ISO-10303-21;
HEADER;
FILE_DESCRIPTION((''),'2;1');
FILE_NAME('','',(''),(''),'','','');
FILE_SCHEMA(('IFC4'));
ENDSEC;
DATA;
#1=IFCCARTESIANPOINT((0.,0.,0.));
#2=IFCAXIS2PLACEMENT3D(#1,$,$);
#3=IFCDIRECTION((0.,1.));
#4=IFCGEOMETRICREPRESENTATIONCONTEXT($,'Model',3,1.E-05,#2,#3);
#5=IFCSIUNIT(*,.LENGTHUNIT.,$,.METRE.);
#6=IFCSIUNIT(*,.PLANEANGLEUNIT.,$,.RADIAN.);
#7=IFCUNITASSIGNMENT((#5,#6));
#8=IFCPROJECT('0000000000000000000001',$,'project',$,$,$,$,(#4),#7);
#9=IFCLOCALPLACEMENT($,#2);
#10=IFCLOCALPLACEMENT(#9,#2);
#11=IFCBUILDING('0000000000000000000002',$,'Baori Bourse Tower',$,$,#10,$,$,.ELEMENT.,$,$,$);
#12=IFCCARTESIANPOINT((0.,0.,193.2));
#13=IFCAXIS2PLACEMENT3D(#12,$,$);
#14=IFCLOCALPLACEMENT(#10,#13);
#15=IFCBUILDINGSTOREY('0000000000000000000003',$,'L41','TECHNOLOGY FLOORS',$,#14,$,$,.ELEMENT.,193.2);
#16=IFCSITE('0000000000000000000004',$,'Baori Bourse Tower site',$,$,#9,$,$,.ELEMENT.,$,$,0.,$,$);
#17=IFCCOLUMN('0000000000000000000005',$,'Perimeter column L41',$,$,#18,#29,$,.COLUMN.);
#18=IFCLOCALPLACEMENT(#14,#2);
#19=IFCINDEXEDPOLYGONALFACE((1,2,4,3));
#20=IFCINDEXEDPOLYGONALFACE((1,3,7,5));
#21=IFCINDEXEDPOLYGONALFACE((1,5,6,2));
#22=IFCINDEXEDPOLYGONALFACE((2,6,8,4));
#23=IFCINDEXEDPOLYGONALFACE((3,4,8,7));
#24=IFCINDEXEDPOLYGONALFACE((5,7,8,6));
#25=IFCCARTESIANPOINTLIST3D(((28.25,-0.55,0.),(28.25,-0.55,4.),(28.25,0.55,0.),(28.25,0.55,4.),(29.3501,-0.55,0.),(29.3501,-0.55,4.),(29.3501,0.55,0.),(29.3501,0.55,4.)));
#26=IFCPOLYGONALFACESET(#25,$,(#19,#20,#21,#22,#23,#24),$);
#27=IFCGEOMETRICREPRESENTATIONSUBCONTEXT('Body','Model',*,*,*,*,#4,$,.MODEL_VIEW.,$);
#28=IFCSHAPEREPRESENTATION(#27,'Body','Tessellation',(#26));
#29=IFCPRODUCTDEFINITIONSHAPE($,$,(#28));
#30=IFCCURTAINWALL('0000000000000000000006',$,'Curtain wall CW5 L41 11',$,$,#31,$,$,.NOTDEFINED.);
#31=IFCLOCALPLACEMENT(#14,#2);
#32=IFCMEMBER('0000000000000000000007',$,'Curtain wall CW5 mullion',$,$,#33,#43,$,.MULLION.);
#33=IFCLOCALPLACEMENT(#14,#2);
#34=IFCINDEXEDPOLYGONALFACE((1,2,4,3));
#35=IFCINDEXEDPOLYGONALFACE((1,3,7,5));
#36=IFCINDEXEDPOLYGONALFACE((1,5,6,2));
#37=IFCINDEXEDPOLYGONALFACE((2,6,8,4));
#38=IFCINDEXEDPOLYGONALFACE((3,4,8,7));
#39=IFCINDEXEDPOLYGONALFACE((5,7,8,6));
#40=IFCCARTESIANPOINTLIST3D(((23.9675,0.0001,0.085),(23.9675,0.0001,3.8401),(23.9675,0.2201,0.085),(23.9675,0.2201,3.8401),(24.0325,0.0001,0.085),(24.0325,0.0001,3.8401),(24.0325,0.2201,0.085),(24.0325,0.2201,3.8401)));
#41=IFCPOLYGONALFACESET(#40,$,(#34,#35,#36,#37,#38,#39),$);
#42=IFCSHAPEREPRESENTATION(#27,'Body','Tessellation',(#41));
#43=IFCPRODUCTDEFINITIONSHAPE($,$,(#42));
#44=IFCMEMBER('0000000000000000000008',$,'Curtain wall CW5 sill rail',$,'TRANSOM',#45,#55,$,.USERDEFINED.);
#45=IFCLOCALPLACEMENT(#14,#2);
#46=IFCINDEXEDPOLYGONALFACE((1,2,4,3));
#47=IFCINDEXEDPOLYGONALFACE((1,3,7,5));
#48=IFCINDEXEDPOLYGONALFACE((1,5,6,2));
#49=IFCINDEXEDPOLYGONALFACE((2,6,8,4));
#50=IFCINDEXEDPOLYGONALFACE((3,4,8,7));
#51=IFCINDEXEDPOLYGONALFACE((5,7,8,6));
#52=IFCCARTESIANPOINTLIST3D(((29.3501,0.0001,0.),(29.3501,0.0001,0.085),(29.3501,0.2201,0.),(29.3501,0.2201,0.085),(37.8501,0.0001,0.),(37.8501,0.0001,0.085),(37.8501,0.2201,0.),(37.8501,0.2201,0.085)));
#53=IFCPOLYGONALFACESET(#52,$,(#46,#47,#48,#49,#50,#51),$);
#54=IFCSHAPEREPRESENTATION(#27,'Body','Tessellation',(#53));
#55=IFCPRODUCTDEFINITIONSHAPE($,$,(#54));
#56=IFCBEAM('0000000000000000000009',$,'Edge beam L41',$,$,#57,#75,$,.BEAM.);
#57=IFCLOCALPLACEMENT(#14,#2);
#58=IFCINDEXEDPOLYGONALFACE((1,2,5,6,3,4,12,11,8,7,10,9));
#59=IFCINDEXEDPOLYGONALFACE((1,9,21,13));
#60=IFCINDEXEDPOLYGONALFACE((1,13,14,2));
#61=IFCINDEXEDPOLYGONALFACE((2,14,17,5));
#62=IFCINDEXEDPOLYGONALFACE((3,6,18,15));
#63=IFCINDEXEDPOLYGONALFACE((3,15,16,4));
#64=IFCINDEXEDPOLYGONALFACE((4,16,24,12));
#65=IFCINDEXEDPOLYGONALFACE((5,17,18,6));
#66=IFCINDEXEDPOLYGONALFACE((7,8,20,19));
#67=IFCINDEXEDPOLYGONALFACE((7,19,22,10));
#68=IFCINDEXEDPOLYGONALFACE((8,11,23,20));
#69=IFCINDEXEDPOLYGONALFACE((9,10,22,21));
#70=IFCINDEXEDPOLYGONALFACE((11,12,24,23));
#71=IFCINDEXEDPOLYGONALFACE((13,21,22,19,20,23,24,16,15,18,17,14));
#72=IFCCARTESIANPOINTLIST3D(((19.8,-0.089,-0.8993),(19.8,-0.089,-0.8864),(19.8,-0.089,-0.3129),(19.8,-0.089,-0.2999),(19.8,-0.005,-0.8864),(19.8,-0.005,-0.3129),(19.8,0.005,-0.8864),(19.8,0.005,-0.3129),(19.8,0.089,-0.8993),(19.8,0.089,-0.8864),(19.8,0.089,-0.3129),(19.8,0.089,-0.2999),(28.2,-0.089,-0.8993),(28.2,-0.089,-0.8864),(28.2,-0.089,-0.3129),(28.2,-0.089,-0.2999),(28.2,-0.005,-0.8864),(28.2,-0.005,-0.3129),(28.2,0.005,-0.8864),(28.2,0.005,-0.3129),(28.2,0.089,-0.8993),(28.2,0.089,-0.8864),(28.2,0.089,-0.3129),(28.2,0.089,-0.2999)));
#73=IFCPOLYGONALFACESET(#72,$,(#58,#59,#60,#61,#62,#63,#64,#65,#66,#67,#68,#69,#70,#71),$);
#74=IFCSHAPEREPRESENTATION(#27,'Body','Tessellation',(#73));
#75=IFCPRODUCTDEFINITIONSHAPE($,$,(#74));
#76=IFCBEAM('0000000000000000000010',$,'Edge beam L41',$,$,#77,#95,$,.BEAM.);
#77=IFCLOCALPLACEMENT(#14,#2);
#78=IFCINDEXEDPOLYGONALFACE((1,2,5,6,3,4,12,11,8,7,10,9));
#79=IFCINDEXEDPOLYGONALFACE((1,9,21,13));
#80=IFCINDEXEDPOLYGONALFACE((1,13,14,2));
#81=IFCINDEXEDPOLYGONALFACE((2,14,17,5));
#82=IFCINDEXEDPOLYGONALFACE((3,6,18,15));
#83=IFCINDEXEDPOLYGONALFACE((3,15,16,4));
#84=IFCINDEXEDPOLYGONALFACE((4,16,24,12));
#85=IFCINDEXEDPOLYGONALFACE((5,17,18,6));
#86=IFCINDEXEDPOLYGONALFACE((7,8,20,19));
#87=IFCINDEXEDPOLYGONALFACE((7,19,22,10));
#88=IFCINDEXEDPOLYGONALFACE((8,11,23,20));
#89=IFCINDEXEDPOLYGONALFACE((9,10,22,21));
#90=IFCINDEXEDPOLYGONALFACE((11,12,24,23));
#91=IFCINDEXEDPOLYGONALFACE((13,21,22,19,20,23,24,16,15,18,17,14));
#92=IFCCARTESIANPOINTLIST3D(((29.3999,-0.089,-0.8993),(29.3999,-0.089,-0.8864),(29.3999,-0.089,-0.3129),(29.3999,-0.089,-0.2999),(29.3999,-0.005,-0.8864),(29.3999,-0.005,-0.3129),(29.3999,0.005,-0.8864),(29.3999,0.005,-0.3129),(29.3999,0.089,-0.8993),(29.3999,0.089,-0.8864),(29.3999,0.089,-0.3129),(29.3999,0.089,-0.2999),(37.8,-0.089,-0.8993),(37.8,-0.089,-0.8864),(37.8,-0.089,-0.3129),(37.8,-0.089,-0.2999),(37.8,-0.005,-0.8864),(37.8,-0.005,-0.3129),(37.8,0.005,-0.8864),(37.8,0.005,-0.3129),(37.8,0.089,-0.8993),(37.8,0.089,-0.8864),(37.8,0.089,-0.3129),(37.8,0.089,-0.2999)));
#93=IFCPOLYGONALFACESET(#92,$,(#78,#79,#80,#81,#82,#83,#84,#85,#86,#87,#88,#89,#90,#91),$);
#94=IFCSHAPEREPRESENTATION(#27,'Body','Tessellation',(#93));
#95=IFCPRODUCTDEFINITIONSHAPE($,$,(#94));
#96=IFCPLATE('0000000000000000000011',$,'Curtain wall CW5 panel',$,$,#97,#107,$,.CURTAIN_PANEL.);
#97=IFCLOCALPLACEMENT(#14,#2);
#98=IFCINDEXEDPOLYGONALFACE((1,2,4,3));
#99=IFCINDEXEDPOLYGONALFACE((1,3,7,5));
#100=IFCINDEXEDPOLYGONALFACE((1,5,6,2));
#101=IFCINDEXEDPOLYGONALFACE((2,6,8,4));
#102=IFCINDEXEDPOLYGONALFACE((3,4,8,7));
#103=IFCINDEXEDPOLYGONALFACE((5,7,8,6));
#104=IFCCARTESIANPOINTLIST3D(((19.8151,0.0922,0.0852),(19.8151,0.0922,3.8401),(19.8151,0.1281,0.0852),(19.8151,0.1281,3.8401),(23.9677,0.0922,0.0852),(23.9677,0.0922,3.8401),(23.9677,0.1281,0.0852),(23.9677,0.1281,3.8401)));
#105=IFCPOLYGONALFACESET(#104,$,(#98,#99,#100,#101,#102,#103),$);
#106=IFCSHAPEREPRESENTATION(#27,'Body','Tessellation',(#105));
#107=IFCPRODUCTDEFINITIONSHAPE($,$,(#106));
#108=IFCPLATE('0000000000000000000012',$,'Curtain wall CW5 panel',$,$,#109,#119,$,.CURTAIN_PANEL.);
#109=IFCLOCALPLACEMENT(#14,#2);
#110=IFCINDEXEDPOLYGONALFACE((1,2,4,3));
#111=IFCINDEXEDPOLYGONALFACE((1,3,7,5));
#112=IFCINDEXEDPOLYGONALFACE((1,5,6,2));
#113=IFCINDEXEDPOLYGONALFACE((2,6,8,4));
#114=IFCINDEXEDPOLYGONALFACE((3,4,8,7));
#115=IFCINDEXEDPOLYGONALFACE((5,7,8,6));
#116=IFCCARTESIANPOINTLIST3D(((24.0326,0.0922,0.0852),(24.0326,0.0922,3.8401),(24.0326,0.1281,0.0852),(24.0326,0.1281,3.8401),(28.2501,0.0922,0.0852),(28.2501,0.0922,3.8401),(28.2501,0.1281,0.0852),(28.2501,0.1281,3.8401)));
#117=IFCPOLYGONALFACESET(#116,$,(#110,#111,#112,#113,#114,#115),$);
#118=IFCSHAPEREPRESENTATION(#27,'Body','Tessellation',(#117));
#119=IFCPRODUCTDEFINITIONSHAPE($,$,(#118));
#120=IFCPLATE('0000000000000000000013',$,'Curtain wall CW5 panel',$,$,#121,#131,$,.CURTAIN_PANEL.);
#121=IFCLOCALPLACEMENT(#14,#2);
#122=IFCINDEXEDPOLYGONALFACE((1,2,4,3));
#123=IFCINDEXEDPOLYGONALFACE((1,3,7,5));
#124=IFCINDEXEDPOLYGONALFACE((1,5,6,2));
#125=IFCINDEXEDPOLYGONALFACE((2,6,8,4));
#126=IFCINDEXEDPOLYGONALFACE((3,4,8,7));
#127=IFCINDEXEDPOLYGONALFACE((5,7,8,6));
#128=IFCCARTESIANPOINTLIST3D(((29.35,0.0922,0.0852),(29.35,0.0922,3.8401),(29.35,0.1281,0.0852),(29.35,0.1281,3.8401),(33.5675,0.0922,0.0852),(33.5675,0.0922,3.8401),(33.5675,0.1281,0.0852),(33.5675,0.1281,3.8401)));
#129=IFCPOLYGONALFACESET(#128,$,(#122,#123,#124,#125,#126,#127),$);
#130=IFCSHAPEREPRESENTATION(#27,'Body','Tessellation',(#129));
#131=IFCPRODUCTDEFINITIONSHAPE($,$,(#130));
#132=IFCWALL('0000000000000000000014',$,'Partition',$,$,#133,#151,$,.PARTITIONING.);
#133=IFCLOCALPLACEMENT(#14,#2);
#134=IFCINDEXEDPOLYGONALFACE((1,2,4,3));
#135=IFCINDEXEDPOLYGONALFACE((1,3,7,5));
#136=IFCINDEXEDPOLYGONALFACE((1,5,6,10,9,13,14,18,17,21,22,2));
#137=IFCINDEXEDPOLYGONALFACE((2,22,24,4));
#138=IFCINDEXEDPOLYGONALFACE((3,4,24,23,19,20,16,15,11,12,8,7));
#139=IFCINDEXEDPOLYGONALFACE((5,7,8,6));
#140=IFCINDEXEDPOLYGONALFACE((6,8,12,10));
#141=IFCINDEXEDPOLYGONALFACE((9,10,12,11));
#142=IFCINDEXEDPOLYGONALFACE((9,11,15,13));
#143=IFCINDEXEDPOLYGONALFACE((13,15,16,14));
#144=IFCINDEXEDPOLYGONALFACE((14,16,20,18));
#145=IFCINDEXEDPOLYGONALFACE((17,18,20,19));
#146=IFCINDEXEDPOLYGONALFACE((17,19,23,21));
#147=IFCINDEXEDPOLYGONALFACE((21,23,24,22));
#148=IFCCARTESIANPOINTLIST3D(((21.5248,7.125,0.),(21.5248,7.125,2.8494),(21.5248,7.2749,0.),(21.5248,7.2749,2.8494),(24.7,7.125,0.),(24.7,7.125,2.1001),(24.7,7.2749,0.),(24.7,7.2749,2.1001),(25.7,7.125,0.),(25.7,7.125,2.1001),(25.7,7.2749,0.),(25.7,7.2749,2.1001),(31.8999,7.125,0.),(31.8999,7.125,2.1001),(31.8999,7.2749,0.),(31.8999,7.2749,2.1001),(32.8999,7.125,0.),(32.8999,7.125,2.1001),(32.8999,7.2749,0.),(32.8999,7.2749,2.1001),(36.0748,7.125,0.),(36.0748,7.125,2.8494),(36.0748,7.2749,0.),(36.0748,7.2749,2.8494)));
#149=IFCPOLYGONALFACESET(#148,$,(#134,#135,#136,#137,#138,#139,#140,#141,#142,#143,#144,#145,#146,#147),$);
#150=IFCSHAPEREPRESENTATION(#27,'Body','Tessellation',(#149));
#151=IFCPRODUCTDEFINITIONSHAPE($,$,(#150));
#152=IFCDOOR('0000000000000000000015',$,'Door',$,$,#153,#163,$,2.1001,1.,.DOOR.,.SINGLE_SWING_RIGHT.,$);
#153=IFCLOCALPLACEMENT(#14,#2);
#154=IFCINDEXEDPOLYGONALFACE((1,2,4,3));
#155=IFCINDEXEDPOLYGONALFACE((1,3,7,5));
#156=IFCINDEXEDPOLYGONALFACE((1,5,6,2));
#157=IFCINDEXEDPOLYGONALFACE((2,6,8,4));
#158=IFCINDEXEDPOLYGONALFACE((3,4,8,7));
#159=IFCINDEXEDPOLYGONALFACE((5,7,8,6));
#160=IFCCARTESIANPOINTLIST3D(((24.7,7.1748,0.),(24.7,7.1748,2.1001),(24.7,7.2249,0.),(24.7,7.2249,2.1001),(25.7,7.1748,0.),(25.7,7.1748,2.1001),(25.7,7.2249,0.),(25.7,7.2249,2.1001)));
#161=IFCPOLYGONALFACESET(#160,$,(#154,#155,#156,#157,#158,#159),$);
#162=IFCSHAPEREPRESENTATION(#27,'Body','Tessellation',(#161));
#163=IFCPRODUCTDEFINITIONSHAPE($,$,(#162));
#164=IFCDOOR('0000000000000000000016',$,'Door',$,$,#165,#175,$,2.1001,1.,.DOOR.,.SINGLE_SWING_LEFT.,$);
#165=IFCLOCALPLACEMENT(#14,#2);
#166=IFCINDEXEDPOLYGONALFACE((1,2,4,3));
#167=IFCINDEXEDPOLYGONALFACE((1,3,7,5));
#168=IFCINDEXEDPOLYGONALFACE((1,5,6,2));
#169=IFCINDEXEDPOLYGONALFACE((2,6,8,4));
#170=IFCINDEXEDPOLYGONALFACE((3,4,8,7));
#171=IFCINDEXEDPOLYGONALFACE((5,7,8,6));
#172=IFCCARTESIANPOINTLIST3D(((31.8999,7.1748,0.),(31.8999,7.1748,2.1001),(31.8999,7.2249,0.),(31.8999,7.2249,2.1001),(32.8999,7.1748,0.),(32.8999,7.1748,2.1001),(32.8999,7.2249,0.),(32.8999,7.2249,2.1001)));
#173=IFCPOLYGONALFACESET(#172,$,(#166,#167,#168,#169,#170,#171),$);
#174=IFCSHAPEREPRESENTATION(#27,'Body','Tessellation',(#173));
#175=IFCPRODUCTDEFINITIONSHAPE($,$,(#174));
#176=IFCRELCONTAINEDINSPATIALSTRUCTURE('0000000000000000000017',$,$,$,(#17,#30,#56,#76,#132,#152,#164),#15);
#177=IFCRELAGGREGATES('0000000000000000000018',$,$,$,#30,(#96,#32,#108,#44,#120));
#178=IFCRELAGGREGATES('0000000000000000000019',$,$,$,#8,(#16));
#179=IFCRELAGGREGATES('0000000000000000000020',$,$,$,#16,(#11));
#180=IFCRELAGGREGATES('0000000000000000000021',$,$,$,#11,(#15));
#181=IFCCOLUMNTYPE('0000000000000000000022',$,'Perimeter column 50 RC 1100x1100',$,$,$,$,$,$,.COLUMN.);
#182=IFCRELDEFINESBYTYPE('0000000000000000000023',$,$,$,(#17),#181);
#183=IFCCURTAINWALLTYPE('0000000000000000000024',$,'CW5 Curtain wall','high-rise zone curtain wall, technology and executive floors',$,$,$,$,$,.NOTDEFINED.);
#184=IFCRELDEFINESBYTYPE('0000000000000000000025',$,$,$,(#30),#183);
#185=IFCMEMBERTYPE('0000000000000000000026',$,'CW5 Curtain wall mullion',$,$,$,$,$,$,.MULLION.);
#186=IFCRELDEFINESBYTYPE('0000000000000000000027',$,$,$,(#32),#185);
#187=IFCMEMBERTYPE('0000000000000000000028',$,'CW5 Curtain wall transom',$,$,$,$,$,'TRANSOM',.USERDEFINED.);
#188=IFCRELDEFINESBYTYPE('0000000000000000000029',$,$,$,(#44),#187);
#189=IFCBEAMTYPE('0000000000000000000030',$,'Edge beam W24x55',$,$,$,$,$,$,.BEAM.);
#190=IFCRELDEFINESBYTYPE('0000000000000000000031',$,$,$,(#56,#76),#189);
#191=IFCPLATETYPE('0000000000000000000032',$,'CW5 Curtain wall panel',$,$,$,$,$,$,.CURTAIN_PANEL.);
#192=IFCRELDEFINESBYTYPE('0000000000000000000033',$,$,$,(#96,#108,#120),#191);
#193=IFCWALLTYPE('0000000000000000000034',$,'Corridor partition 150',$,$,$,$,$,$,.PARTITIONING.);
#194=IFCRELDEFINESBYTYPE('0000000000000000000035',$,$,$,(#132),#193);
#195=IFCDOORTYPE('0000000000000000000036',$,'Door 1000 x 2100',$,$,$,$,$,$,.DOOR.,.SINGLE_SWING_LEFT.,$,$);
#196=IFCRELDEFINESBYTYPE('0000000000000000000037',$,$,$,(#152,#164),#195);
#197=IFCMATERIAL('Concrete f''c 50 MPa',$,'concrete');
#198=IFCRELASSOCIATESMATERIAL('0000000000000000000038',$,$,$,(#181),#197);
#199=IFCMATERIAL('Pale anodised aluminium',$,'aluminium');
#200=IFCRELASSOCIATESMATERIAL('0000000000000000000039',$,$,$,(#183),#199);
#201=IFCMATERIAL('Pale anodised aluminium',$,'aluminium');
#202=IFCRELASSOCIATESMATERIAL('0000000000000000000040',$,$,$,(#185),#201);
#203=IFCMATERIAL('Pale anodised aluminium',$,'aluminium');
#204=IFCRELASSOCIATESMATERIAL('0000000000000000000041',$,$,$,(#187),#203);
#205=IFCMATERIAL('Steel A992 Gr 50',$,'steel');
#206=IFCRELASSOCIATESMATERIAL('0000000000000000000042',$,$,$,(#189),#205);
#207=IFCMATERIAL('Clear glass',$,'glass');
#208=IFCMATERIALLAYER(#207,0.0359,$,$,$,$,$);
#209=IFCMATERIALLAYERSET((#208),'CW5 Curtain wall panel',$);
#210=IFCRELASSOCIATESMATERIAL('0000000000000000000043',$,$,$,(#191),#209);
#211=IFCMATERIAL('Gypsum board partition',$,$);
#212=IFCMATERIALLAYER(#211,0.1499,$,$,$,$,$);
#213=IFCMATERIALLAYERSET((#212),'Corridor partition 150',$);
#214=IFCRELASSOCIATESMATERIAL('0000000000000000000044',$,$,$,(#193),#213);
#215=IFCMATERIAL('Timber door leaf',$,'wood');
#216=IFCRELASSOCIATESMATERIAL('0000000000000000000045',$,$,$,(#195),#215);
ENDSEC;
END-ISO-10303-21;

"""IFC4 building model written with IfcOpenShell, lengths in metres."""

from ifc_helpers import new_model, si_unit, direction, frame, frame_2d, origin, origin_2d, place, context, subcontext, project, spatial, rectangle, i_section, extrude, material, layer, layer_set, material_profile, profile_set, type_object, element, fill, aggregate, save


model = new_model("IFC4")

# Units and contexts
model_context = context("Model", 3, precision=1e-05, world=origin(), true_north=direction((0.0, 1.0)))
body_context = subcontext(model_context, "Body", "Model", "MODEL_VIEW")
ifc_project = project(units=[si_unit("LENGTHUNIT", "METRE"), si_unit("PLANEANGLEUNIT", "RADIAN")], contexts=[model_context])

# Site, building, storey
site_placement = place(None, origin())
site = spatial("IfcSite", under=ifc_project, at=site_placement, Name="Baori Bourse Tower site", CompositionType="ELEMENT", RefElevation=0.0)
building_placement = place(site_placement, origin())
building = spatial("IfcBuilding", under=site, at=building_placement, Name="Baori Bourse Tower", CompositionType="ELEMENT")
storey_placement = place(building_placement, frame((0.0, 0.0, 193.2)))
storey = spatial("IfcBuildingStorey", under=building, at=storey_placement, Name="L41", Description="TECHNOLOGY FLOORS", CompositionType="ELEMENT", Elevation=193.2)

# Column
ifc_material_1 = material(Name="Concrete f'c 50 MPa", Category="concrete")
ifc_material_profile_1 = material_profile(ifc_material_1, rectangle(XDim=1.1001, YDim=1.1001, at=origin_2d()), Name="RC 1100x1100")
ifc_profile_set_1 = profile_set([ifc_material_profile_1], Name="Concrete f'c 50 MPa")
column_type = type_object("IfcColumnType", Name="Perimeter column 50 RC 1100x1100", PredefinedType="COLUMN", material=ifc_profile_set_1)
column_placement = place(storey_placement, frame((28.8, 0.0, 0.0), z_axis=(0.0, 0.0, 1.0), x_axis=(1.0, 0.0, 0.0)))
element("IfcColumn", 1, at=column_placement, inside=storey, type_object=column_type, Name="Perimeter column L41", PredefinedType="COLUMN", context=body_context, shape_type="SweptSolid", body=[
    extrude(rectangle(XDim=1.1001, YDim=1.1001, at=origin_2d()), origin(), (0.0, 0.0, 1.0), 4.0),
])

# Curtain wall, members
ifc_material_2 = material(Name="Pale anodised aluminium", Category="aluminium")
curtain_wall_type = type_object("IfcCurtainWallType", Name="CW5 Curtain wall", Description="high-rise zone curtain wall, technology and executive floors", PredefinedType="NOTDEFINED", material=ifc_material_2)
curtain_wall_placement = place(storey_placement, origin())
curtain_wall = element("IfcCurtainWall", 2, at=curtain_wall_placement, inside=storey, type_object=curtain_wall_type, Name="Curtain wall CW5 L41 11", PredefinedType="NOTDEFINED")
ifc_material_3 = material(Name="Pale anodised aluminium", Category="aluminium")
ifc_material_profile_2 = material_profile(ifc_material_3, rectangle(XDim=0.22, YDim=0.0649, at=origin_2d()), Name="Mullion 65x220")
ifc_profile_set_2 = profile_set([ifc_material_profile_2], Name="Pale anodised aluminium")
member_type_1 = type_object("IfcMemberType", Name="CW5 Curtain wall mullion", PredefinedType="MULLION", material=ifc_profile_set_2)
member_1_placement = place(storey_placement, frame((24.0, 0.1101, 0.085), z_axis=(0.0, 0.0, 1.0), x_axis=(0.0, 1.0, 0.0)))
member_1 = element("IfcMember", 3, at=member_1_placement, type_object=member_type_1, Name="Curtain wall CW5 mullion", PredefinedType="MULLION", context=body_context, shape_type="SweptSolid", body=[
    extrude(rectangle(XDim=0.22, YDim=0.0649, at=origin_2d()), origin(), (0.0, 0.0, 1.0), 3.7551),
])
ifc_material_4 = material(Name="Pale anodised aluminium", Category="aluminium")
ifc_material_profile_3 = material_profile(ifc_material_4, rectangle(XDim=0.22, YDim=0.085, at=origin_2d()), Name="Transom 85x220")
ifc_profile_set_3 = profile_set([ifc_material_profile_3], Name="Pale anodised aluminium")
member_type_2 = type_object("IfcMemberType", Name="CW5 Curtain wall transom", ElementType="TRANSOM", PredefinedType="USERDEFINED", material=ifc_profile_set_3)
member_2_placement = place(storey_placement, frame((29.3501, 0.1101, 0.0425), z_axis=(1.0, 0.0, 0.0), x_axis=(0.0, 1.0, 0.0)))
member_2 = element("IfcMember", 4, at=member_2_placement, type_object=member_type_2, Name="Curtain wall CW5 sill rail", ObjectType="TRANSOM", PredefinedType="USERDEFINED", context=body_context, shape_type="SweptSolid", body=[
    extrude(rectangle(XDim=0.22, YDim=0.085, at=origin_2d()), origin(), (0.0, 0.0, 1.0), 8.5),
])

# Beams
ifc_material_5 = material(Name="Steel A992 Gr 50", Category="steel")
ifc_material_profile_4 = material_profile(ifc_material_5, i_section(OverallWidth=0.178, OverallDepth=0.5994, WebThickness=0.01, FlangeThickness=0.0129, at=origin_2d()), Name="W24x55")
ifc_profile_set_4 = profile_set([ifc_material_profile_4], Name="Steel A992 Gr 50")
beam_type = type_object("IfcBeamType", Name="Edge beam W24x55", PredefinedType="BEAM", material=ifc_profile_set_4)
beam_1_placement = place(storey_placement, frame((19.8, 0.0, -0.5996), z_axis=(1.0, 0.0, 0.0), x_axis=(0.0, 1.0, 0.0)))
element("IfcBeam", 5, at=beam_1_placement, inside=storey, type_object=beam_type, Name="Edge beam L41", PredefinedType="BEAM", context=body_context, shape_type="SweptSolid", body=[
    extrude(i_section(OverallWidth=0.178, OverallDepth=0.5994, WebThickness=0.01, FlangeThickness=0.0129, at=origin_2d()), origin(), (0.0, 0.0, 1.0), 8.3999),
])
beam_2_placement = place(storey_placement, frame((29.3999, 0.0, -0.5996), z_axis=(1.0, 0.0, 0.0), x_axis=(0.0, 1.0, 0.0)))
element("IfcBeam", 6, at=beam_2_placement, inside=storey, type_object=beam_type, Name="Edge beam L41", PredefinedType="BEAM", context=body_context, shape_type="SweptSolid", body=[
    extrude(i_section(OverallWidth=0.178, OverallDepth=0.5994, WebThickness=0.01, FlangeThickness=0.0129, at=origin_2d()), origin(), (0.0, 0.0, 1.0), 8.4001),
])

# Plates
ifc_material_6 = material(Name="Clear glass", Category="glass")
ifc_layer_1 = layer(ifc_material_6, 0.0359)
ifc_layer_set_1 = layer_set([ifc_layer_1], Name="CW5 Curtain wall panel")
plate_type = type_object("IfcPlateType", Name="CW5 Curtain wall panel", PredefinedType="CURTAIN_PANEL", material=ifc_layer_set_1)
plate_1_placement = place(storey_placement, frame((21.8914, 0.1101, 0.0852), z_axis=(0.0, 0.0, 1.0), x_axis=(1.0, 0.0, 0.0)))
plate_1 = element("IfcPlate", 7, at=plate_1_placement, type_object=plate_type, Name="Curtain wall CW5 panel", PredefinedType="CURTAIN_PANEL", context=body_context, shape_type="SweptSolid", body=[
    extrude(rectangle(XDim=4.1526, YDim=0.0359, at=origin_2d()), origin(), (0.0, 0.0, 1.0), 3.7549),
])
plate_2_placement = place(storey_placement, frame((26.1414, 0.1101, 0.0852), z_axis=(0.0, 0.0, 1.0), x_axis=(1.0, 0.0, 0.0)))
plate_2 = element("IfcPlate", 8, at=plate_2_placement, type_object=plate_type, Name="Curtain wall CW5 panel", PredefinedType="CURTAIN_PANEL", context=body_context, shape_type="SweptSolid", body=[
    extrude(rectangle(XDim=4.2175, YDim=0.0359, at=origin_2d()), origin(), (0.0, 0.0, 1.0), 3.7549),
])
plate_3_placement = place(storey_placement, frame((31.4587, 0.1101, 0.0852), z_axis=(0.0, 0.0, 1.0), x_axis=(1.0, 0.0, 0.0)))
plate_3 = element("IfcPlate", 9, at=plate_3_placement, type_object=plate_type, Name="Curtain wall CW5 panel", PredefinedType="CURTAIN_PANEL", context=body_context, shape_type="SweptSolid", body=[
    extrude(rectangle(XDim=4.2175, YDim=0.0359, at=origin_2d()), origin(), (0.0, 0.0, 1.0), 3.7549),
])
aggregate(curtain_wall, [plate_1, member_1, plate_2, member_2, plate_3])

# Wall, openings, doors
ifc_material_7 = material(Name="Gypsum board partition")
ifc_layer_2 = layer(ifc_material_7, 0.1499)
ifc_layer_set_2 = layer_set([ifc_layer_2], Name="Corridor partition 150")
wall_type_1 = type_object("IfcWallType", Name="Corridor partition 150", PredefinedType="PARTITIONING", material=ifc_layer_set_2)
wall_1_placement = place(storey_placement, frame((21.5249, 7.2, 0.0), z_axis=(0.0, 0.0, 1.0), x_axis=(1.0, 0.0, 0.0)))
wall_1 = element("IfcWall", 10, at=wall_1_placement, inside=storey, type_object=wall_type_1, Name="Partition", PredefinedType="PARTITIONING", context=body_context, shape_type="SweptSolid", body=[
    extrude(rectangle(XDim=14.55, YDim=0.1499, at=frame_2d((7.2749, 0.0))), origin(), (0.0, 0.0, 1.0), 2.8494),
])
opening_1_placement = place(wall_1_placement, frame((3.175, 0.0, 0.0)))
opening_1 = element("IfcOpeningElement", 11, at=opening_1_placement, cuts=wall_1, PredefinedType="OPENING", context=body_context, shape_type="SweptSolid", body=[
    extrude(rectangle(XDim=1.0, YDim=2.1001, at=frame_2d((0.5, 1.05))), frame((0.0, 0.085, 0.0), z_axis=(0.0, -1.0, 0.0), x_axis=(1.0, 0.0, 0.0)), (0.0, 0.0, 1.0), 0.1699),
])
opening_2_placement = place(wall_1_placement, frame((10.375, 0.0, 0.0)))
opening_2 = element("IfcOpeningElement", 12, at=opening_2_placement, cuts=wall_1, PredefinedType="OPENING", context=body_context, shape_type="SweptSolid", body=[
    extrude(rectangle(XDim=1.0, YDim=2.1001, at=frame_2d((0.5, 1.05))), frame((0.0, 0.085, 0.0), z_axis=(0.0, -1.0, 0.0), x_axis=(1.0, 0.0, 0.0)), (0.0, 0.0, 1.0), 0.1699),
])
ifc_material_8 = material(Name="Timber door leaf", Category="wood")
door_type = type_object("IfcDoorType", Name="Door 1000 x 2100", OperationType="SINGLE_SWING_LEFT", PredefinedType="DOOR", material=ifc_material_8)
door_1_placement = place(opening_1_placement, origin())
door_1 = element("IfcDoor", 13, at=door_1_placement, inside=storey, type_object=door_type, Name="Door", OperationType="SINGLE_SWING_RIGHT", OverallHeight=2.1001, OverallWidth=1.0, PredefinedType="DOOR", context=body_context, shape_type="SweptSolid", body=[
    extrude(rectangle(XDim=1.0, YDim=2.1001, at=frame_2d((0.5, 1.05))), frame((0.0, 0.0249, 0.0), z_axis=(0.0, -1.0, 0.0), x_axis=(1.0, 0.0, 0.0)), (0.0, 0.0, 1.0), 0.05),
])
fill(opening_1, door_1)
door_2_placement = place(opening_2_placement, origin())
door_2 = element("IfcDoor", 14, at=door_2_placement, inside=storey, type_object=door_type, Name="Door", OperationType="SINGLE_SWING_LEFT", OverallHeight=2.1001, OverallWidth=1.0, PredefinedType="DOOR", context=body_context, shape_type="SweptSolid", body=[
    extrude(rectangle(XDim=1.0, YDim=2.1001, at=frame_2d((0.5, 1.05))), frame((0.0, 0.0249, 0.0), z_axis=(0.0, -1.0, 0.0), x_axis=(1.0, 0.0, 0.0)), (0.0, 0.0, 1.0), 0.05),
])
fill(opening_2, door_2)

save(model, "model.ifc")
